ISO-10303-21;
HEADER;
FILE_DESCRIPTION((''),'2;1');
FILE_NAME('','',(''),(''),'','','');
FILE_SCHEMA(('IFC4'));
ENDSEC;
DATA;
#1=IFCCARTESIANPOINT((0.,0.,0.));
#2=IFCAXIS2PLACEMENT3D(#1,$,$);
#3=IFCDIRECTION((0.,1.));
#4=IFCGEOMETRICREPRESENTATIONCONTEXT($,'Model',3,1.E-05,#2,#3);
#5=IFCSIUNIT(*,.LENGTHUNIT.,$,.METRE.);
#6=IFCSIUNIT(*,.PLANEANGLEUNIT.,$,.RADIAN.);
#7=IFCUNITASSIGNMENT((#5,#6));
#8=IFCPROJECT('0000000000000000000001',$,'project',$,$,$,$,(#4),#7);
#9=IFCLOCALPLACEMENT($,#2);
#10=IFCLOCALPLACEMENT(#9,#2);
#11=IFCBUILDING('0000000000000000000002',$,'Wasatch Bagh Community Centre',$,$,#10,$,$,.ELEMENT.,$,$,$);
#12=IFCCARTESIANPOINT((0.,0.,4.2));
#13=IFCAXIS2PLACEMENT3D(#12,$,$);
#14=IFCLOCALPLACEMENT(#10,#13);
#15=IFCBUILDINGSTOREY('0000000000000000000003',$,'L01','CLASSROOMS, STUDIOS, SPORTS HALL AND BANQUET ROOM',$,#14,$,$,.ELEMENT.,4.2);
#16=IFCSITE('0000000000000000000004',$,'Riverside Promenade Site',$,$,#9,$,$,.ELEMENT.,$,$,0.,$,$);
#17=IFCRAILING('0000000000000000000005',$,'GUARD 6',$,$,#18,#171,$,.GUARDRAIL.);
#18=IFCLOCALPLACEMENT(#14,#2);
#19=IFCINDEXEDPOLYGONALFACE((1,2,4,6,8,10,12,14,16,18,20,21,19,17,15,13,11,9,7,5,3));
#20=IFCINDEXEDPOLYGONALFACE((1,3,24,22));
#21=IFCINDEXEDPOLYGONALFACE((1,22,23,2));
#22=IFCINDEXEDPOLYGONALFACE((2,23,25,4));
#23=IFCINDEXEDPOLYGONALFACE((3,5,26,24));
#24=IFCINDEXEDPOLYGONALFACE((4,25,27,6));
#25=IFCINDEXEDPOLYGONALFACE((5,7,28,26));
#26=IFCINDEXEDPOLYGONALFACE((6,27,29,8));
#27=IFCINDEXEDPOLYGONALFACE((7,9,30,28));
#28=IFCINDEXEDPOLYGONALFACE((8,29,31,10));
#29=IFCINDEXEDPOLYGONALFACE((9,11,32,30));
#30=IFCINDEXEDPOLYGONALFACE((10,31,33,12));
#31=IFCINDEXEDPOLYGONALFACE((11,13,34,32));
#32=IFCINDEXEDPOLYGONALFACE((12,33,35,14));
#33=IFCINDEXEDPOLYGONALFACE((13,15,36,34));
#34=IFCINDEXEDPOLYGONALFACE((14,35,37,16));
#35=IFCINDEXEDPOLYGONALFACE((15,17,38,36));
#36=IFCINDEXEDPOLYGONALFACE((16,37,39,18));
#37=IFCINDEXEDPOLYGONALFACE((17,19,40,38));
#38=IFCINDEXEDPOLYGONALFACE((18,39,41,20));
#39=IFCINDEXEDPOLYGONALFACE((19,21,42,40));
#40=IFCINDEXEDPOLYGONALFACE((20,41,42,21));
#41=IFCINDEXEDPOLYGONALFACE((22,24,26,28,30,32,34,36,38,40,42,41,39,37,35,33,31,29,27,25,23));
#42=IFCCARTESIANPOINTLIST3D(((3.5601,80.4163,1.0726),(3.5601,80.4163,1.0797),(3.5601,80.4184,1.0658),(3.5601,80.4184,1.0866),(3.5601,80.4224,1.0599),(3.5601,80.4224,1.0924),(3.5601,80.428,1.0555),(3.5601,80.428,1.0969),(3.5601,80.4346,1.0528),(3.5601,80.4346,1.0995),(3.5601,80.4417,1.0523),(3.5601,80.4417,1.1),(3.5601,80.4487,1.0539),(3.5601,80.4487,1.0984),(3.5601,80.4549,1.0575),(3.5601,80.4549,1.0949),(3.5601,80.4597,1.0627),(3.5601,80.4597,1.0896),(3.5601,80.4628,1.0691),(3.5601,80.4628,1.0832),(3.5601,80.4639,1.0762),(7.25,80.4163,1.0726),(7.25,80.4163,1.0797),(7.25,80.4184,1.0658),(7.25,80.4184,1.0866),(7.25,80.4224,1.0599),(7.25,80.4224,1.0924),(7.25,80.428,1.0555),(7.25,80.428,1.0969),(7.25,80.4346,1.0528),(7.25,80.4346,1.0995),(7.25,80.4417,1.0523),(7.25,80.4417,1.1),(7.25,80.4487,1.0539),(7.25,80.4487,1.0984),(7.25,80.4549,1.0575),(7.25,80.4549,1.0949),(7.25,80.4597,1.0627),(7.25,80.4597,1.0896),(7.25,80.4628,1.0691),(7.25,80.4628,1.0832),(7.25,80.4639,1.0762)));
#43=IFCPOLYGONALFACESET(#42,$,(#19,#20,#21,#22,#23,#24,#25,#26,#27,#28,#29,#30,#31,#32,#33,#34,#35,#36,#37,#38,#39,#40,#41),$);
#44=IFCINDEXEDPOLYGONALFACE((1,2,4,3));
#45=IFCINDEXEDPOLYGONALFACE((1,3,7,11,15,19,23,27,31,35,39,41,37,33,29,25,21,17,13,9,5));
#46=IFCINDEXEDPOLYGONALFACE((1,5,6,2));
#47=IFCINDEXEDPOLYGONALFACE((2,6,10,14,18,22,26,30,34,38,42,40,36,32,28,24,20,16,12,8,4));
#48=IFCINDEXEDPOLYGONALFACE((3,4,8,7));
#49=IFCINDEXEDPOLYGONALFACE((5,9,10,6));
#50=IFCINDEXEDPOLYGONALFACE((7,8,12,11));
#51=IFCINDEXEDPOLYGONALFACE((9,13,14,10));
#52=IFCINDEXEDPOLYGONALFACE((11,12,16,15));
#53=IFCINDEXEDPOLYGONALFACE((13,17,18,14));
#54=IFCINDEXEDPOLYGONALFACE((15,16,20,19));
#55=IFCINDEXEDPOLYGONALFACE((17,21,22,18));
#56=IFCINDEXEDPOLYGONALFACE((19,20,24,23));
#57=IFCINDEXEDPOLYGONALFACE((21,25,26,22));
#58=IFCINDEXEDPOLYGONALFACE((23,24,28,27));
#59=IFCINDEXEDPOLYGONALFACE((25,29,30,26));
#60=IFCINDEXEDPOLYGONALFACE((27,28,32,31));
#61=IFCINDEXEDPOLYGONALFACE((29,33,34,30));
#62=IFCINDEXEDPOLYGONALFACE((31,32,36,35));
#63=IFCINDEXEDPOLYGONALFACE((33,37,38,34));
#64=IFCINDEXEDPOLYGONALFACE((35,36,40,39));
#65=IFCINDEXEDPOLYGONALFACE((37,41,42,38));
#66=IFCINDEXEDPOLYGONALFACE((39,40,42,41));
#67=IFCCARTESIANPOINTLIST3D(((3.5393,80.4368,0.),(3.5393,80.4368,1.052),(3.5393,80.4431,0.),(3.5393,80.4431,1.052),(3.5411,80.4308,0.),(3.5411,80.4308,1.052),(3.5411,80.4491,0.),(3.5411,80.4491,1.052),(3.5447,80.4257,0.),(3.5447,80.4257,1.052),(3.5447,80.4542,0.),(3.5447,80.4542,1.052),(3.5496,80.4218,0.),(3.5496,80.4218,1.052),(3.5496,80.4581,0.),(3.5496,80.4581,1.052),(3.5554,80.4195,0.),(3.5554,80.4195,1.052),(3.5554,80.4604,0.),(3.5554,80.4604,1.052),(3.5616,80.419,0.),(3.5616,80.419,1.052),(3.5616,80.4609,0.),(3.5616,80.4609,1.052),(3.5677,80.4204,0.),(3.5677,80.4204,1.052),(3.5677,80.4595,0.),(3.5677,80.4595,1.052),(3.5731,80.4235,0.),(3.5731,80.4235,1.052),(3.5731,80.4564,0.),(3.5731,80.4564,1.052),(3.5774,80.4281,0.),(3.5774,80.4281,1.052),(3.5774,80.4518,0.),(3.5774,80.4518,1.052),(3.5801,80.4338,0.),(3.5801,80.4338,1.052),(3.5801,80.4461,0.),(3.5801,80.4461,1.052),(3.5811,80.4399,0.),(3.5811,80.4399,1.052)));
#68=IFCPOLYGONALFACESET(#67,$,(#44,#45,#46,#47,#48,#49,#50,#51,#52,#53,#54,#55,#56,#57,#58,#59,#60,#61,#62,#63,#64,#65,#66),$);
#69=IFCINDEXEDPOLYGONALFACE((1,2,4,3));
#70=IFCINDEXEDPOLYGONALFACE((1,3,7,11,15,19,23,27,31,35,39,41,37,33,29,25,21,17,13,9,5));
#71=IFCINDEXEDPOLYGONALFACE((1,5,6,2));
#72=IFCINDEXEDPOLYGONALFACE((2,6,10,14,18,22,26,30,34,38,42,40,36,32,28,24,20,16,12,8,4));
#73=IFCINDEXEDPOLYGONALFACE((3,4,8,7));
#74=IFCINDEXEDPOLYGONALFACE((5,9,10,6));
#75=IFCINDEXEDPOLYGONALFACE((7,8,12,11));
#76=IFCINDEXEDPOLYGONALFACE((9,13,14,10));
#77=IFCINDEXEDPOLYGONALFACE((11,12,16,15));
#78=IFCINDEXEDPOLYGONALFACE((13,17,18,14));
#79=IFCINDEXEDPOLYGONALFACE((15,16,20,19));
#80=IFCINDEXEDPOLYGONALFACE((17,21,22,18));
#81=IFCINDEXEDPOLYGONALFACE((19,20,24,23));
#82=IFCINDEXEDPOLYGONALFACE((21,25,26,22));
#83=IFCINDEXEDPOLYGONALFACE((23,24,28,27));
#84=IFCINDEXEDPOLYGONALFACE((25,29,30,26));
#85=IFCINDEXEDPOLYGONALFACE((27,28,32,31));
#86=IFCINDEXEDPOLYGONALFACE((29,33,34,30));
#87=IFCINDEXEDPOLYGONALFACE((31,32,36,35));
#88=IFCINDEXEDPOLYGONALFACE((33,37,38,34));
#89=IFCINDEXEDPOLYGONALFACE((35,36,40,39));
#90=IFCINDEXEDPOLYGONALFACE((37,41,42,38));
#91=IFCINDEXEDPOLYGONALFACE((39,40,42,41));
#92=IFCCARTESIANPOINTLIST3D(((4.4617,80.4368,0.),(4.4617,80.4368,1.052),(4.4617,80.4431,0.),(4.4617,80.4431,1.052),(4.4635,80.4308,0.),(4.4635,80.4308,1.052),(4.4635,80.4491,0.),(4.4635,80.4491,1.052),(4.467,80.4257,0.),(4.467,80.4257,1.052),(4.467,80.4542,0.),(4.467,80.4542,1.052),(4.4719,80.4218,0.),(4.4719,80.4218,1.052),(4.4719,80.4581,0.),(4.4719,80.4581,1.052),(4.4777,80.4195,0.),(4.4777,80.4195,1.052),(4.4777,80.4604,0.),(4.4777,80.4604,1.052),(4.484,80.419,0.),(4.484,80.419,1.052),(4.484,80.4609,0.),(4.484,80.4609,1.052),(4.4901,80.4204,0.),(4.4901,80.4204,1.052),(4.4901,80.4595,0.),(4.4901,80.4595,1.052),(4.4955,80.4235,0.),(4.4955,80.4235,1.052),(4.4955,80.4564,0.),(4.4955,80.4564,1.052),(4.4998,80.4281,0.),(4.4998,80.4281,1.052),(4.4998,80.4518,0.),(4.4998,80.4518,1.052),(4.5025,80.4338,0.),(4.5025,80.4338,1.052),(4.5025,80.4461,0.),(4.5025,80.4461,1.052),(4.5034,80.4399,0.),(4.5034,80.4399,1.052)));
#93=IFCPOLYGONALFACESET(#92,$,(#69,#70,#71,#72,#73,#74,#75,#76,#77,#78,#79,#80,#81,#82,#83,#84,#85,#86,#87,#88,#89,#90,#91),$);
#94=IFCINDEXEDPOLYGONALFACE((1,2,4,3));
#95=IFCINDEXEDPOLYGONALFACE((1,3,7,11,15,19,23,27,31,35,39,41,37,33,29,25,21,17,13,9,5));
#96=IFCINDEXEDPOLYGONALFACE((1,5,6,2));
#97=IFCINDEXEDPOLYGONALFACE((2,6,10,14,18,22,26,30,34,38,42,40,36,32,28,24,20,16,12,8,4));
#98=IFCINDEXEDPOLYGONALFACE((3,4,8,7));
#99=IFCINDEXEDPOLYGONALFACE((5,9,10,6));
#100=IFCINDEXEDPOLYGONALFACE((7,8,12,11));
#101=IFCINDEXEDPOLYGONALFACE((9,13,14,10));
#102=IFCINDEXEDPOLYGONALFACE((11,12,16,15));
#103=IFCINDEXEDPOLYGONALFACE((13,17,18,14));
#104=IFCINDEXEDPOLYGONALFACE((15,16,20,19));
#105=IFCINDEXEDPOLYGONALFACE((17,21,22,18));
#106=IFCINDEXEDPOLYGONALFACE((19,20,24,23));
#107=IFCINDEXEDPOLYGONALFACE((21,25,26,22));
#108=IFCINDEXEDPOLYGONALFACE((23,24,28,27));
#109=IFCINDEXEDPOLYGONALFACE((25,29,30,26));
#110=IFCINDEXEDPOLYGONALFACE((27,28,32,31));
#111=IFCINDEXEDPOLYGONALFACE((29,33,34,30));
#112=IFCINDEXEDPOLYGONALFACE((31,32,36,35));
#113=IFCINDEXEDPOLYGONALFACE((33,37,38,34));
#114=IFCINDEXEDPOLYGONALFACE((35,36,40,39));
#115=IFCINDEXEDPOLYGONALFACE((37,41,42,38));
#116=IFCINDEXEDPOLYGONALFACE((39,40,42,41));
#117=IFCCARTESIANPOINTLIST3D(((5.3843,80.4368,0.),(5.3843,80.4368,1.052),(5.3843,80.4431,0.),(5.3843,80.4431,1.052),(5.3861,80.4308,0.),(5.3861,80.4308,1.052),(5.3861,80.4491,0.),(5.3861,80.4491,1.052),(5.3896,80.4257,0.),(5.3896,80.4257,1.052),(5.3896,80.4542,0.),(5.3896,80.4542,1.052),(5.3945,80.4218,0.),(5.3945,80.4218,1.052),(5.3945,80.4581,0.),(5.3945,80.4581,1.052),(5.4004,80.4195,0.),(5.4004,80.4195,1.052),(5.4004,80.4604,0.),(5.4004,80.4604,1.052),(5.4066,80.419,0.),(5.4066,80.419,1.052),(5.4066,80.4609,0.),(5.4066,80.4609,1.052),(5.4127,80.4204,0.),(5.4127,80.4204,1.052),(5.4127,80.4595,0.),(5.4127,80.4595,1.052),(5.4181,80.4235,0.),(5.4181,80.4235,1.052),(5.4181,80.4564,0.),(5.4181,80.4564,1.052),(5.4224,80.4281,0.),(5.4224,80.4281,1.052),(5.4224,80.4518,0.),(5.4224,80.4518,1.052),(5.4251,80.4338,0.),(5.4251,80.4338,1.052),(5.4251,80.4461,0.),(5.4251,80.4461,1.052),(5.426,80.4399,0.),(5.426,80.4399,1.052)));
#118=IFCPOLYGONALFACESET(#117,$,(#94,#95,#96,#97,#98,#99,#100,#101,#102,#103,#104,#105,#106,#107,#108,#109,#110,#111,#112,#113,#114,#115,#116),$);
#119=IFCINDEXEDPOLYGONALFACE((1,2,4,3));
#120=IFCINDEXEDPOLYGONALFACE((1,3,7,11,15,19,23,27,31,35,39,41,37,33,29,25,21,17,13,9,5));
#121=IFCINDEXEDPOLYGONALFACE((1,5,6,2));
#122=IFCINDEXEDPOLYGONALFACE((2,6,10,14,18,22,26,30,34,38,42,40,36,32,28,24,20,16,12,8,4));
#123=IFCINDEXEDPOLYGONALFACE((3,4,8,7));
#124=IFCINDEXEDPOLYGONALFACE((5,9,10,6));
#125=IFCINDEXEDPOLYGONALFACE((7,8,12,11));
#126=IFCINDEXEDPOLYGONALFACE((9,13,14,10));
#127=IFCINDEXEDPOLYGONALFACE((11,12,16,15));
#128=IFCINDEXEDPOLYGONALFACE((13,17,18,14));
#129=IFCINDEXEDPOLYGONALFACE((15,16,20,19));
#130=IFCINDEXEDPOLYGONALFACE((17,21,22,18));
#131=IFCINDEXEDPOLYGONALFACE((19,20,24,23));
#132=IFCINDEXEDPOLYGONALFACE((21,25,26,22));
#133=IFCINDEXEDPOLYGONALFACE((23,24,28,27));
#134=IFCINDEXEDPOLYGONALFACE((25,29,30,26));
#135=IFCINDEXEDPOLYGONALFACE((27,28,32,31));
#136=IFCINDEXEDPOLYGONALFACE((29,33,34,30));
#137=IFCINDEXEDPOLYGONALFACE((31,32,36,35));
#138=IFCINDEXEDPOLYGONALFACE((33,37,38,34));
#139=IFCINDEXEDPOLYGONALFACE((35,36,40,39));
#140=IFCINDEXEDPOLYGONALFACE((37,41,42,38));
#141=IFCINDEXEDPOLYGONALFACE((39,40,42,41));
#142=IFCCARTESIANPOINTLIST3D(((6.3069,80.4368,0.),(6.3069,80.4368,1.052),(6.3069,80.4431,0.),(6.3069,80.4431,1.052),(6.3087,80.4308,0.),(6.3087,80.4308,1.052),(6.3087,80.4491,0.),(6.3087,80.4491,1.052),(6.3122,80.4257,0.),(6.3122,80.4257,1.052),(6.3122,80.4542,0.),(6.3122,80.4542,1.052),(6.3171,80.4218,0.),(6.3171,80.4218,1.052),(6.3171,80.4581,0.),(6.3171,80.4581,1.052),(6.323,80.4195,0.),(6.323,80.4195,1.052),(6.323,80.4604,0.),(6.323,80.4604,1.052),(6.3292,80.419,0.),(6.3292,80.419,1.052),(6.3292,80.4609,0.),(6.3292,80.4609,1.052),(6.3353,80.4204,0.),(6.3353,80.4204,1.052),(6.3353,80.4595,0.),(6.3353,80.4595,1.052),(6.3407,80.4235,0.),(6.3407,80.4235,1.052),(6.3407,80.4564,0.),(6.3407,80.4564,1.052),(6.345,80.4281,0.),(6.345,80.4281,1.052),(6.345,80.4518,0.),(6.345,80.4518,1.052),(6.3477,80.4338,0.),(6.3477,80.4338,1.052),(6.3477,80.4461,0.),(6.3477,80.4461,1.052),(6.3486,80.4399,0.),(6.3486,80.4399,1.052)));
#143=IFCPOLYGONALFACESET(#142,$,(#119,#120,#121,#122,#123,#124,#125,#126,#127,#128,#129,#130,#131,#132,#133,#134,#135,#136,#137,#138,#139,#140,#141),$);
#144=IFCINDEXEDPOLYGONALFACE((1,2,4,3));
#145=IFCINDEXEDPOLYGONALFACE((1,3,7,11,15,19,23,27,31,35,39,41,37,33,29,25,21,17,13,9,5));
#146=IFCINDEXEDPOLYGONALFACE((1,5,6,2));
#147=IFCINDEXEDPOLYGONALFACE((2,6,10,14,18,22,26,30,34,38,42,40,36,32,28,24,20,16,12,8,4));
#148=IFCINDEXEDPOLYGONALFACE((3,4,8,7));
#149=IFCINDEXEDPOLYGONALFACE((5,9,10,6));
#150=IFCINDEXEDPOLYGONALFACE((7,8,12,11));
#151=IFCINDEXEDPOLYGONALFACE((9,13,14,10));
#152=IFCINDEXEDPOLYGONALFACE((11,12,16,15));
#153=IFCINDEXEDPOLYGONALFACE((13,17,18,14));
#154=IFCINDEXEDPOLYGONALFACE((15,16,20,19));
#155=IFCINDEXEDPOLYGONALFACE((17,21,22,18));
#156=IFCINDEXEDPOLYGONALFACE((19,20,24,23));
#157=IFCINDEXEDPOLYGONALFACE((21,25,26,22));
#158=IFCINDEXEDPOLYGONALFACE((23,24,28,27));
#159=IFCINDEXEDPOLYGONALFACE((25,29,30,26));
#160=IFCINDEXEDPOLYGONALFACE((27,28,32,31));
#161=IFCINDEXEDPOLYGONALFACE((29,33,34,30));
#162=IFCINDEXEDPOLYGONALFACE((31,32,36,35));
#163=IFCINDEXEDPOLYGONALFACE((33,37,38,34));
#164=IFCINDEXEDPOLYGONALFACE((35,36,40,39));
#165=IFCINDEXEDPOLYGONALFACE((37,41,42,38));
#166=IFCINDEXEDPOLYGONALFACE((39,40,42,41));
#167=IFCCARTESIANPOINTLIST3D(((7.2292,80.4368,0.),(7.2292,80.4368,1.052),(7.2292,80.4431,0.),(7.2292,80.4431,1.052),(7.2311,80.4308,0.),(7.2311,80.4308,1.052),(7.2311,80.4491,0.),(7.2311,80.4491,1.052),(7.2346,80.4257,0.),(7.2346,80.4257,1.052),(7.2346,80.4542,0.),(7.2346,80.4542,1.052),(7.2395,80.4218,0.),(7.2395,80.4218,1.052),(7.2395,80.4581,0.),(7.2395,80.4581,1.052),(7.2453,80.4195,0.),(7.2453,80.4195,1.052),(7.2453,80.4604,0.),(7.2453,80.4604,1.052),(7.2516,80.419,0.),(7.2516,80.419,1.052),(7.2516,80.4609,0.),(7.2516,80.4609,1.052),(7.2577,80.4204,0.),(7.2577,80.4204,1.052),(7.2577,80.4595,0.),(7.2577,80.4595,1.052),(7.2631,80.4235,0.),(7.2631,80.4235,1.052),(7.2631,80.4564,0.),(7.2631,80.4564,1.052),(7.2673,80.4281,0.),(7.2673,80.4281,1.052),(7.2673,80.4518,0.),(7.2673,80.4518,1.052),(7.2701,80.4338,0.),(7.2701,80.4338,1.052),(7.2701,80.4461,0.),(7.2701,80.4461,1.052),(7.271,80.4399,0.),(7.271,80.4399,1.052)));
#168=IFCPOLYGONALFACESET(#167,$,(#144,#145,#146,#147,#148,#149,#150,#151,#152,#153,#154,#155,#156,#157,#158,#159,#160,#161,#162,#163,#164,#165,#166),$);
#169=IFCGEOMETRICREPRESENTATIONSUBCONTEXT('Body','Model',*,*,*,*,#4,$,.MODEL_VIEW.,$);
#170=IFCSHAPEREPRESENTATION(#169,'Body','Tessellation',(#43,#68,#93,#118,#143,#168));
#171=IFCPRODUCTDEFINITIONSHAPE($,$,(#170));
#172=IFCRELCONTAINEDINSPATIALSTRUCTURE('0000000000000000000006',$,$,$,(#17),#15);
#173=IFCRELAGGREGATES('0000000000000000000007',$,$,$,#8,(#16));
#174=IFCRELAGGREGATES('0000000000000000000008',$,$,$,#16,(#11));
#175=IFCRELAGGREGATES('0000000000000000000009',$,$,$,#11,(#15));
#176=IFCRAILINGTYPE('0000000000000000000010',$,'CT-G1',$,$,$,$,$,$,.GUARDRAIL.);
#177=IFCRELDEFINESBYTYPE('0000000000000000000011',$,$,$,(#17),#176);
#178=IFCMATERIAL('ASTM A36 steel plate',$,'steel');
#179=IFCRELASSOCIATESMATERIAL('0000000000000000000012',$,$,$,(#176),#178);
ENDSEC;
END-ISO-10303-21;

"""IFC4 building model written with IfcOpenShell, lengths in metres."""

from ifc_helpers import new_model, si_unit, direction, frame, origin, origin_2d, place, context, subcontext, project, spatial, circle, extrude, material, type_object, element, save


model = new_model("IFC4")

# Units and contexts
model_context = context("Model", 3, precision=1e-05, world=origin(), true_north=direction((0.0, 1.0)))
body_context = subcontext(model_context, "Body", "Model", "MODEL_VIEW")
ifc_project = project(units=[si_unit("LENGTHUNIT", "METRE"), si_unit("PLANEANGLEUNIT", "RADIAN")], contexts=[model_context])

# Site, building, storey
site_placement = place(None, origin())
site = spatial("IfcSite", under=ifc_project, at=site_placement, Name="Riverside Promenade Site", CompositionType="ELEMENT", RefElevation=0.0)
building_placement = place(site_placement, origin())
building = spatial("IfcBuilding", under=site, at=building_placement, Name="Wasatch Bagh Community Centre", CompositionType="ELEMENT")
storey_placement = place(building_placement, frame((0.0, 0.0, 4.2)))
storey = spatial("IfcBuildingStorey", under=building, at=storey_placement, Name="L01", Description="CLASSROOMS, STUDIOS, SPORTS HALL AND BANQUET ROOM", CompositionType="ELEMENT", Elevation=4.2)

# Railing
ifc_material_1 = material(Name="ASTM A36 steel plate", Category="steel")
railing_type = type_object("IfcRailingType", Name="CT-G1", PredefinedType="GUARDRAIL", material=ifc_material_1)
railing_1_placement = place(storey_placement, frame((3.5601, 80.4399, 0.0)))
element("IfcRailing", 1, at=railing_1_placement, inside=storey, type_object=railing_type, Name="GUARD 6", PredefinedType="GUARDRAIL", context=body_context, shape_type="SweptSolid", body=[
    extrude(circle(Radius=0.0239, at=origin_2d()), frame((0.0, 0.0, 1.0762), z_axis=(1.0, 0.0, 0.0), x_axis=(0.0, 1.0, 0.0)), (0.0, 0.0, 1.0), 3.6899),
    extrude(circle(Radius=0.021, at=origin_2d()), origin(), (0.0, 0.0, 1.0), 1.052),
    extrude(circle(Radius=0.021, at=origin_2d()), frame((0.9224, 0.0, 0.0)), (0.0, 0.0, 1.0), 1.052),
    extrude(circle(Radius=0.021, at=origin_2d()), frame((1.845, 0.0, 0.0)), (0.0, 0.0, 1.0), 1.052),
    extrude(circle(Radius=0.021, at=origin_2d()), frame((2.7676, 0.0, 0.0)), (0.0, 0.0, 1.0), 1.052),
    extrude(circle(Radius=0.021, at=origin_2d()), frame((3.6899, 0.0, 0.0)), (0.0, 0.0, 1.0), 1.052),
])

save(model, "model.ifc")
